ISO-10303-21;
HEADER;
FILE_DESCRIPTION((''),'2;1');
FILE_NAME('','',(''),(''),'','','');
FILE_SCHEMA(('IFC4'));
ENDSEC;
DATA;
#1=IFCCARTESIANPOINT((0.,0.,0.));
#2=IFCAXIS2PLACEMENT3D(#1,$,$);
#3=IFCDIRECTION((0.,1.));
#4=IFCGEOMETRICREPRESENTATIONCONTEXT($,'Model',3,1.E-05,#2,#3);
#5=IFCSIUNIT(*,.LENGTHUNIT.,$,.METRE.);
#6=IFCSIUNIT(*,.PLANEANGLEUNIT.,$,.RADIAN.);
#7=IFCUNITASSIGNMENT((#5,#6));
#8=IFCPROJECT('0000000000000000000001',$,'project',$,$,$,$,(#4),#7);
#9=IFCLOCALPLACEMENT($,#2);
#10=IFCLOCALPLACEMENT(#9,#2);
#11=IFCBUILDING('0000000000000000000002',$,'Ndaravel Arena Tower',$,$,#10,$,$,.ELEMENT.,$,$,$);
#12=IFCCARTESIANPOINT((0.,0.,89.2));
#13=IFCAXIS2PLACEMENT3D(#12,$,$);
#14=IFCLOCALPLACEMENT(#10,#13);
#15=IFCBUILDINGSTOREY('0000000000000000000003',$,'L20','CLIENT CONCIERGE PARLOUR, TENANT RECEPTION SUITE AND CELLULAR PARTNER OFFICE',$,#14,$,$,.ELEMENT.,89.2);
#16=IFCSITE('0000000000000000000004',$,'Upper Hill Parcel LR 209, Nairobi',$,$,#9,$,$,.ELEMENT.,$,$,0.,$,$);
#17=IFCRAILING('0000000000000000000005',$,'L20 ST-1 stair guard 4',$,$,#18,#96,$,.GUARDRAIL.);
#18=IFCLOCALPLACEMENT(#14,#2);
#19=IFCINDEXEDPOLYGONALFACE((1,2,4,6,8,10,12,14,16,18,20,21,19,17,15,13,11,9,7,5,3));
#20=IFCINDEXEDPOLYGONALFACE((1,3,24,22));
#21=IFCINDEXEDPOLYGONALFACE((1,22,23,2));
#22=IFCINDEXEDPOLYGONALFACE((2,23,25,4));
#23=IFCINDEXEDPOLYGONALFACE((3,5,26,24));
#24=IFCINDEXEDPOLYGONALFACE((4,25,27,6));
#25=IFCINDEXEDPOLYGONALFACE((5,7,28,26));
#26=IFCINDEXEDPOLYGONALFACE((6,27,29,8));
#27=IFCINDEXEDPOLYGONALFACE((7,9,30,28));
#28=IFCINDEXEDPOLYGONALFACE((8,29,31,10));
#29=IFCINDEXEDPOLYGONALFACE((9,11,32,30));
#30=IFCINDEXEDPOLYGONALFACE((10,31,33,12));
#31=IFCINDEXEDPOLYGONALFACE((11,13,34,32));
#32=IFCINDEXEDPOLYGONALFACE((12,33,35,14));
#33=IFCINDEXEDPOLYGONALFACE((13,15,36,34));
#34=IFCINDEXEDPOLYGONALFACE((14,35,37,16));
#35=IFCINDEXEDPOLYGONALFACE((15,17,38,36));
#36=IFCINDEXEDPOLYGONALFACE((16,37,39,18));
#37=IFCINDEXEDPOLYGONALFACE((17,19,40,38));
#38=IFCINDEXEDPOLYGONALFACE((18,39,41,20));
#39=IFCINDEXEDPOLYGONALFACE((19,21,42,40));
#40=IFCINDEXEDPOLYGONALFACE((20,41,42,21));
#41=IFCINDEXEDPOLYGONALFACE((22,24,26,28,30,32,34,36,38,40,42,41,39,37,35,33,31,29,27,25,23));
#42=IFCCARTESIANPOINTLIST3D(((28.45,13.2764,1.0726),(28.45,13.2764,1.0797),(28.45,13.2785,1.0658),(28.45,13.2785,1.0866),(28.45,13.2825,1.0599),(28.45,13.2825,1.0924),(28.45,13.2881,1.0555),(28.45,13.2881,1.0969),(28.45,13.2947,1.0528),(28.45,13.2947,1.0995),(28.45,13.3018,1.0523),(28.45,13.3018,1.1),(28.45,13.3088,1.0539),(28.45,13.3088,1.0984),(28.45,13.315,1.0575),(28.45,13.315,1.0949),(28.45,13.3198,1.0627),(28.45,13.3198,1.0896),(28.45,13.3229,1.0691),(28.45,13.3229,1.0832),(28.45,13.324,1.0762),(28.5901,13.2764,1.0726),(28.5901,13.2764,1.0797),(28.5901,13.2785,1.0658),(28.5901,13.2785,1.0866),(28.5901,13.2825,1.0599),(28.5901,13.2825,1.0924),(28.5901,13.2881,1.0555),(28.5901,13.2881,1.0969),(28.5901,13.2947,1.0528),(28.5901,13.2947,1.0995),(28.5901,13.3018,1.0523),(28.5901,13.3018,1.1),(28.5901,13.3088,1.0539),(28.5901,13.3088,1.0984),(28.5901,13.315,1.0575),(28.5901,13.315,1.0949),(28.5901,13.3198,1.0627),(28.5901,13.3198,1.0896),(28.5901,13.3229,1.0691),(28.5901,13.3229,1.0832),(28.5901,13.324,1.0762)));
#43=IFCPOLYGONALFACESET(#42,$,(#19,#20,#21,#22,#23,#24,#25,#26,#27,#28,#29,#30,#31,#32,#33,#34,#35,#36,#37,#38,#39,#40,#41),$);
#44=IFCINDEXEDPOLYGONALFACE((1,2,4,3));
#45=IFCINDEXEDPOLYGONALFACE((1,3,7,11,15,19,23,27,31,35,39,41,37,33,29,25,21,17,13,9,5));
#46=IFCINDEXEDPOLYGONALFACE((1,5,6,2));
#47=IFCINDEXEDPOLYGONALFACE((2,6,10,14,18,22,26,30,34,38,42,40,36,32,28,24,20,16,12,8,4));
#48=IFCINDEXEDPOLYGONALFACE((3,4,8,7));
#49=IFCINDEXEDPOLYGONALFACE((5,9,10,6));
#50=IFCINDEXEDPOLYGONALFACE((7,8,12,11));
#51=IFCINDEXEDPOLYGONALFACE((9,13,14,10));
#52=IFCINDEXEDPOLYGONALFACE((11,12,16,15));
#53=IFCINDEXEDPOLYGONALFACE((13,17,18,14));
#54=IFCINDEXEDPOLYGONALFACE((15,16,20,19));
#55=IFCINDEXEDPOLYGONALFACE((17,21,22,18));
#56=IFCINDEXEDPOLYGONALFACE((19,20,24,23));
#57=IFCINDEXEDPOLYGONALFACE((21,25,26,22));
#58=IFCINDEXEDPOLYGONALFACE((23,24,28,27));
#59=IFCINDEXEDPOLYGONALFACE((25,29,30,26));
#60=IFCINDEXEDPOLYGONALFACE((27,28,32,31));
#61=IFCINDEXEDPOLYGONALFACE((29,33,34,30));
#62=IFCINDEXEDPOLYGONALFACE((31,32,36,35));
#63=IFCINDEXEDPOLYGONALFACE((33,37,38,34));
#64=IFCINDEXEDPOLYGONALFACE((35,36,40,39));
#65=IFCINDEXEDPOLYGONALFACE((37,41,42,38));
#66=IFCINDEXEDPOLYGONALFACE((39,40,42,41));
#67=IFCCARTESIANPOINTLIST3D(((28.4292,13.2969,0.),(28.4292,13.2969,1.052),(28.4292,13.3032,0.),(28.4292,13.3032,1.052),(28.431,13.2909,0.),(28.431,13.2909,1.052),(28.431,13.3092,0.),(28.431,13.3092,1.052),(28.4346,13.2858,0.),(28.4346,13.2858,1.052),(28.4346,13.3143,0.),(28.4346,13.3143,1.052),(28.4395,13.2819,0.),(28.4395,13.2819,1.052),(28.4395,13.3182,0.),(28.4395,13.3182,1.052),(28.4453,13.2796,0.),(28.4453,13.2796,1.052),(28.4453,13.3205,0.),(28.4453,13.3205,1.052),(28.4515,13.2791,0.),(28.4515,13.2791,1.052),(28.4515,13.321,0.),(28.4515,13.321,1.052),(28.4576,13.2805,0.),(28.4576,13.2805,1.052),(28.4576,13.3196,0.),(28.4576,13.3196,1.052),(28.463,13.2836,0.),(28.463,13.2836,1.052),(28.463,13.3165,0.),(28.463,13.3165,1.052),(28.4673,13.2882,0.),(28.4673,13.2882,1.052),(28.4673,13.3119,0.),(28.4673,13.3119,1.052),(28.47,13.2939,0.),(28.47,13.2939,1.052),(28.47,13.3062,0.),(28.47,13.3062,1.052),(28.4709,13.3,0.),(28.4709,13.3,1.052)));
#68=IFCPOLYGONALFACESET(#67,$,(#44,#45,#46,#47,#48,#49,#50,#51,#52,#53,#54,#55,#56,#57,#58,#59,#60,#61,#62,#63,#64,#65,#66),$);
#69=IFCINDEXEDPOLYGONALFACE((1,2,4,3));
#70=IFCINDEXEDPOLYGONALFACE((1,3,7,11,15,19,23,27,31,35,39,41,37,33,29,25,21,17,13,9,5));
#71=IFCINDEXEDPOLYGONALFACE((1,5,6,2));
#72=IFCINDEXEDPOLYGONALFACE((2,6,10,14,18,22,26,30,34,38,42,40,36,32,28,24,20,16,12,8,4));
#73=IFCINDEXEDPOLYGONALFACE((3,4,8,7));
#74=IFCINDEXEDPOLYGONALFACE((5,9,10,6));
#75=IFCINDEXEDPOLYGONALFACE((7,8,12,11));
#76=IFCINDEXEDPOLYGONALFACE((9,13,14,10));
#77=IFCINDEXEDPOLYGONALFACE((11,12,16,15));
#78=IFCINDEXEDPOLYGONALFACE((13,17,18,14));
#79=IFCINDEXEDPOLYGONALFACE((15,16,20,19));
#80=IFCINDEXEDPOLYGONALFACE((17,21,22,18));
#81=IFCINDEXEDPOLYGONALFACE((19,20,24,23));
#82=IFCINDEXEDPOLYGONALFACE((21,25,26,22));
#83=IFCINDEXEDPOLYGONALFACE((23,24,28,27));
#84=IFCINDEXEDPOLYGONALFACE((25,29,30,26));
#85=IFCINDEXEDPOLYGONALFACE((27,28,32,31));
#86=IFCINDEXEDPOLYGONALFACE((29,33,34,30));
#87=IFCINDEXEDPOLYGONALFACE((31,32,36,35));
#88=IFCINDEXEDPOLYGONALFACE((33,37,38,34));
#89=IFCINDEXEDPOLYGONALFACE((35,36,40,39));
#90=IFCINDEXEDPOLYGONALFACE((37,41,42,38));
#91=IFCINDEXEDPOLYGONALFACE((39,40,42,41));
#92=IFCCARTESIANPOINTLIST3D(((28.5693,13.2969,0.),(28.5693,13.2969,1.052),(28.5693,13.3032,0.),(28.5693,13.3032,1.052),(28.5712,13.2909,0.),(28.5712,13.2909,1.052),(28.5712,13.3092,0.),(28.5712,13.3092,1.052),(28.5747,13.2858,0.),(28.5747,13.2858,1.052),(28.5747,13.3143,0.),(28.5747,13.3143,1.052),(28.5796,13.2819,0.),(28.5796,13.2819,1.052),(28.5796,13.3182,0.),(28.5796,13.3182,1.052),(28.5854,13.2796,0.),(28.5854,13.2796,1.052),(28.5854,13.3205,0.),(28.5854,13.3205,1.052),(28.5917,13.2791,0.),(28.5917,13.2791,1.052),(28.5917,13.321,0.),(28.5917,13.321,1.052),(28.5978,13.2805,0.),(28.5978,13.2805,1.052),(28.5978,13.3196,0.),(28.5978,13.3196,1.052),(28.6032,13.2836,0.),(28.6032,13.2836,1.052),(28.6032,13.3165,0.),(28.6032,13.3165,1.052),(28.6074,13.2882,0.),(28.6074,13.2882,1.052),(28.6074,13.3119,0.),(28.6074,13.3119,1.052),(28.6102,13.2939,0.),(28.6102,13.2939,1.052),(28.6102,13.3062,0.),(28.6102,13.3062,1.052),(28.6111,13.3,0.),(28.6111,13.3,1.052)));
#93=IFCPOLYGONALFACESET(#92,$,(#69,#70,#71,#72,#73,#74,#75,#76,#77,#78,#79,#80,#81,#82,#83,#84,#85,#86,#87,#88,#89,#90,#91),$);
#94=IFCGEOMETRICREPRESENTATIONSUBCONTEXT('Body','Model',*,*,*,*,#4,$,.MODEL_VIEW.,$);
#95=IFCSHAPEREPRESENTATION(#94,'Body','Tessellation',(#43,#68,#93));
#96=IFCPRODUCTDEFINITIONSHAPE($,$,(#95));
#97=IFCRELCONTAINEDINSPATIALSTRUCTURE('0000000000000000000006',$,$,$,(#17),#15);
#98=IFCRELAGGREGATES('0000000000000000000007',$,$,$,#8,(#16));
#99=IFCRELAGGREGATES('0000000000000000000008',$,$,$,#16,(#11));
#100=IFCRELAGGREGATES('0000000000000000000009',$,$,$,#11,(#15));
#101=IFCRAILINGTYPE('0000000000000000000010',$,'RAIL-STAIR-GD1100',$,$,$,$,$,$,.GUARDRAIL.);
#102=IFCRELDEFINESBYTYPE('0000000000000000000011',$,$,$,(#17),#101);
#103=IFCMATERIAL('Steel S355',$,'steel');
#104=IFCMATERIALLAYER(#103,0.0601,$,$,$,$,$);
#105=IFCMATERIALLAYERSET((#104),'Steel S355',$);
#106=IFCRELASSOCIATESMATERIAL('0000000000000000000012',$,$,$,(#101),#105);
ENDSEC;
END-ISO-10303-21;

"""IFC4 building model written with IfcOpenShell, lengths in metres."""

from ifc_helpers import new_model, si_unit, direction, frame, origin, origin_2d, place, context, subcontext, project, spatial, circle, extrude, material, layer, layer_set, type_object, element, save


model = new_model("IFC4")

# Units and contexts
model_context = context("Model", 3, precision=1e-05, world=origin(), true_north=direction((0.0, 1.0)))
body_context = subcontext(model_context, "Body", "Model", "MODEL_VIEW")
ifc_project = project(units=[si_unit("LENGTHUNIT", "METRE"), si_unit("PLANEANGLEUNIT", "RADIAN")], contexts=[model_context])

# Site, building, storey
site_placement = place(None, origin())
site = spatial("IfcSite", under=ifc_project, at=site_placement, Name="Upper Hill Parcel LR 209, Nairobi", CompositionType="ELEMENT", RefElevation=0.0)
building_placement = place(site_placement, origin())
building = spatial("IfcBuilding", under=site, at=building_placement, Name="Ndaravel Arena Tower", CompositionType="ELEMENT")
storey_placement = place(building_placement, frame((0.0, 0.0, 89.2)))
storey = spatial("IfcBuildingStorey", under=building, at=storey_placement, Name="L20", Description="CLIENT CONCIERGE PARLOUR, TENANT RECEPTION SUITE AND CELLULAR PARTNER OFFICE", CompositionType="ELEMENT", Elevation=89.2)

# Railing
ifc_material_1 = material(Name="Steel S355", Category="steel")
ifc_layer_1 = layer(ifc_material_1, 0.0601)
ifc_layer_set_1 = layer_set([ifc_layer_1], Name="Steel S355")
railing_type_1 = type_object("IfcRailingType", Name="RAIL-STAIR-GD1100", PredefinedType="GUARDRAIL", material=ifc_layer_set_1)
railing_1_placement = place(storey_placement, frame((28.45, 13.3, 0.0)))
element("IfcRailing", 1, at=railing_1_placement, inside=storey, type_object=railing_type_1, Name="L20 ST-1 stair guard 4", PredefinedType="GUARDRAIL", context=body_context, shape_type="SweptSolid", body=[
    extrude(circle(Radius=0.0239, at=origin_2d()), frame((0.0, 0.0, 1.0762), z_axis=(1.0, 0.0, 0.0), x_axis=(0.0, 1.0, 0.0)), (0.0, 0.0, 1.0), 0.1401),
    extrude(circle(Radius=0.021, at=origin_2d()), origin(), (0.0, 0.0, 1.0), 1.052),
    extrude(circle(Radius=0.021, at=origin_2d()), frame((0.1401, 0.0, 0.0)), (0.0, 0.0, 1.0), 1.052),
])

save(model, "model.ifc")
